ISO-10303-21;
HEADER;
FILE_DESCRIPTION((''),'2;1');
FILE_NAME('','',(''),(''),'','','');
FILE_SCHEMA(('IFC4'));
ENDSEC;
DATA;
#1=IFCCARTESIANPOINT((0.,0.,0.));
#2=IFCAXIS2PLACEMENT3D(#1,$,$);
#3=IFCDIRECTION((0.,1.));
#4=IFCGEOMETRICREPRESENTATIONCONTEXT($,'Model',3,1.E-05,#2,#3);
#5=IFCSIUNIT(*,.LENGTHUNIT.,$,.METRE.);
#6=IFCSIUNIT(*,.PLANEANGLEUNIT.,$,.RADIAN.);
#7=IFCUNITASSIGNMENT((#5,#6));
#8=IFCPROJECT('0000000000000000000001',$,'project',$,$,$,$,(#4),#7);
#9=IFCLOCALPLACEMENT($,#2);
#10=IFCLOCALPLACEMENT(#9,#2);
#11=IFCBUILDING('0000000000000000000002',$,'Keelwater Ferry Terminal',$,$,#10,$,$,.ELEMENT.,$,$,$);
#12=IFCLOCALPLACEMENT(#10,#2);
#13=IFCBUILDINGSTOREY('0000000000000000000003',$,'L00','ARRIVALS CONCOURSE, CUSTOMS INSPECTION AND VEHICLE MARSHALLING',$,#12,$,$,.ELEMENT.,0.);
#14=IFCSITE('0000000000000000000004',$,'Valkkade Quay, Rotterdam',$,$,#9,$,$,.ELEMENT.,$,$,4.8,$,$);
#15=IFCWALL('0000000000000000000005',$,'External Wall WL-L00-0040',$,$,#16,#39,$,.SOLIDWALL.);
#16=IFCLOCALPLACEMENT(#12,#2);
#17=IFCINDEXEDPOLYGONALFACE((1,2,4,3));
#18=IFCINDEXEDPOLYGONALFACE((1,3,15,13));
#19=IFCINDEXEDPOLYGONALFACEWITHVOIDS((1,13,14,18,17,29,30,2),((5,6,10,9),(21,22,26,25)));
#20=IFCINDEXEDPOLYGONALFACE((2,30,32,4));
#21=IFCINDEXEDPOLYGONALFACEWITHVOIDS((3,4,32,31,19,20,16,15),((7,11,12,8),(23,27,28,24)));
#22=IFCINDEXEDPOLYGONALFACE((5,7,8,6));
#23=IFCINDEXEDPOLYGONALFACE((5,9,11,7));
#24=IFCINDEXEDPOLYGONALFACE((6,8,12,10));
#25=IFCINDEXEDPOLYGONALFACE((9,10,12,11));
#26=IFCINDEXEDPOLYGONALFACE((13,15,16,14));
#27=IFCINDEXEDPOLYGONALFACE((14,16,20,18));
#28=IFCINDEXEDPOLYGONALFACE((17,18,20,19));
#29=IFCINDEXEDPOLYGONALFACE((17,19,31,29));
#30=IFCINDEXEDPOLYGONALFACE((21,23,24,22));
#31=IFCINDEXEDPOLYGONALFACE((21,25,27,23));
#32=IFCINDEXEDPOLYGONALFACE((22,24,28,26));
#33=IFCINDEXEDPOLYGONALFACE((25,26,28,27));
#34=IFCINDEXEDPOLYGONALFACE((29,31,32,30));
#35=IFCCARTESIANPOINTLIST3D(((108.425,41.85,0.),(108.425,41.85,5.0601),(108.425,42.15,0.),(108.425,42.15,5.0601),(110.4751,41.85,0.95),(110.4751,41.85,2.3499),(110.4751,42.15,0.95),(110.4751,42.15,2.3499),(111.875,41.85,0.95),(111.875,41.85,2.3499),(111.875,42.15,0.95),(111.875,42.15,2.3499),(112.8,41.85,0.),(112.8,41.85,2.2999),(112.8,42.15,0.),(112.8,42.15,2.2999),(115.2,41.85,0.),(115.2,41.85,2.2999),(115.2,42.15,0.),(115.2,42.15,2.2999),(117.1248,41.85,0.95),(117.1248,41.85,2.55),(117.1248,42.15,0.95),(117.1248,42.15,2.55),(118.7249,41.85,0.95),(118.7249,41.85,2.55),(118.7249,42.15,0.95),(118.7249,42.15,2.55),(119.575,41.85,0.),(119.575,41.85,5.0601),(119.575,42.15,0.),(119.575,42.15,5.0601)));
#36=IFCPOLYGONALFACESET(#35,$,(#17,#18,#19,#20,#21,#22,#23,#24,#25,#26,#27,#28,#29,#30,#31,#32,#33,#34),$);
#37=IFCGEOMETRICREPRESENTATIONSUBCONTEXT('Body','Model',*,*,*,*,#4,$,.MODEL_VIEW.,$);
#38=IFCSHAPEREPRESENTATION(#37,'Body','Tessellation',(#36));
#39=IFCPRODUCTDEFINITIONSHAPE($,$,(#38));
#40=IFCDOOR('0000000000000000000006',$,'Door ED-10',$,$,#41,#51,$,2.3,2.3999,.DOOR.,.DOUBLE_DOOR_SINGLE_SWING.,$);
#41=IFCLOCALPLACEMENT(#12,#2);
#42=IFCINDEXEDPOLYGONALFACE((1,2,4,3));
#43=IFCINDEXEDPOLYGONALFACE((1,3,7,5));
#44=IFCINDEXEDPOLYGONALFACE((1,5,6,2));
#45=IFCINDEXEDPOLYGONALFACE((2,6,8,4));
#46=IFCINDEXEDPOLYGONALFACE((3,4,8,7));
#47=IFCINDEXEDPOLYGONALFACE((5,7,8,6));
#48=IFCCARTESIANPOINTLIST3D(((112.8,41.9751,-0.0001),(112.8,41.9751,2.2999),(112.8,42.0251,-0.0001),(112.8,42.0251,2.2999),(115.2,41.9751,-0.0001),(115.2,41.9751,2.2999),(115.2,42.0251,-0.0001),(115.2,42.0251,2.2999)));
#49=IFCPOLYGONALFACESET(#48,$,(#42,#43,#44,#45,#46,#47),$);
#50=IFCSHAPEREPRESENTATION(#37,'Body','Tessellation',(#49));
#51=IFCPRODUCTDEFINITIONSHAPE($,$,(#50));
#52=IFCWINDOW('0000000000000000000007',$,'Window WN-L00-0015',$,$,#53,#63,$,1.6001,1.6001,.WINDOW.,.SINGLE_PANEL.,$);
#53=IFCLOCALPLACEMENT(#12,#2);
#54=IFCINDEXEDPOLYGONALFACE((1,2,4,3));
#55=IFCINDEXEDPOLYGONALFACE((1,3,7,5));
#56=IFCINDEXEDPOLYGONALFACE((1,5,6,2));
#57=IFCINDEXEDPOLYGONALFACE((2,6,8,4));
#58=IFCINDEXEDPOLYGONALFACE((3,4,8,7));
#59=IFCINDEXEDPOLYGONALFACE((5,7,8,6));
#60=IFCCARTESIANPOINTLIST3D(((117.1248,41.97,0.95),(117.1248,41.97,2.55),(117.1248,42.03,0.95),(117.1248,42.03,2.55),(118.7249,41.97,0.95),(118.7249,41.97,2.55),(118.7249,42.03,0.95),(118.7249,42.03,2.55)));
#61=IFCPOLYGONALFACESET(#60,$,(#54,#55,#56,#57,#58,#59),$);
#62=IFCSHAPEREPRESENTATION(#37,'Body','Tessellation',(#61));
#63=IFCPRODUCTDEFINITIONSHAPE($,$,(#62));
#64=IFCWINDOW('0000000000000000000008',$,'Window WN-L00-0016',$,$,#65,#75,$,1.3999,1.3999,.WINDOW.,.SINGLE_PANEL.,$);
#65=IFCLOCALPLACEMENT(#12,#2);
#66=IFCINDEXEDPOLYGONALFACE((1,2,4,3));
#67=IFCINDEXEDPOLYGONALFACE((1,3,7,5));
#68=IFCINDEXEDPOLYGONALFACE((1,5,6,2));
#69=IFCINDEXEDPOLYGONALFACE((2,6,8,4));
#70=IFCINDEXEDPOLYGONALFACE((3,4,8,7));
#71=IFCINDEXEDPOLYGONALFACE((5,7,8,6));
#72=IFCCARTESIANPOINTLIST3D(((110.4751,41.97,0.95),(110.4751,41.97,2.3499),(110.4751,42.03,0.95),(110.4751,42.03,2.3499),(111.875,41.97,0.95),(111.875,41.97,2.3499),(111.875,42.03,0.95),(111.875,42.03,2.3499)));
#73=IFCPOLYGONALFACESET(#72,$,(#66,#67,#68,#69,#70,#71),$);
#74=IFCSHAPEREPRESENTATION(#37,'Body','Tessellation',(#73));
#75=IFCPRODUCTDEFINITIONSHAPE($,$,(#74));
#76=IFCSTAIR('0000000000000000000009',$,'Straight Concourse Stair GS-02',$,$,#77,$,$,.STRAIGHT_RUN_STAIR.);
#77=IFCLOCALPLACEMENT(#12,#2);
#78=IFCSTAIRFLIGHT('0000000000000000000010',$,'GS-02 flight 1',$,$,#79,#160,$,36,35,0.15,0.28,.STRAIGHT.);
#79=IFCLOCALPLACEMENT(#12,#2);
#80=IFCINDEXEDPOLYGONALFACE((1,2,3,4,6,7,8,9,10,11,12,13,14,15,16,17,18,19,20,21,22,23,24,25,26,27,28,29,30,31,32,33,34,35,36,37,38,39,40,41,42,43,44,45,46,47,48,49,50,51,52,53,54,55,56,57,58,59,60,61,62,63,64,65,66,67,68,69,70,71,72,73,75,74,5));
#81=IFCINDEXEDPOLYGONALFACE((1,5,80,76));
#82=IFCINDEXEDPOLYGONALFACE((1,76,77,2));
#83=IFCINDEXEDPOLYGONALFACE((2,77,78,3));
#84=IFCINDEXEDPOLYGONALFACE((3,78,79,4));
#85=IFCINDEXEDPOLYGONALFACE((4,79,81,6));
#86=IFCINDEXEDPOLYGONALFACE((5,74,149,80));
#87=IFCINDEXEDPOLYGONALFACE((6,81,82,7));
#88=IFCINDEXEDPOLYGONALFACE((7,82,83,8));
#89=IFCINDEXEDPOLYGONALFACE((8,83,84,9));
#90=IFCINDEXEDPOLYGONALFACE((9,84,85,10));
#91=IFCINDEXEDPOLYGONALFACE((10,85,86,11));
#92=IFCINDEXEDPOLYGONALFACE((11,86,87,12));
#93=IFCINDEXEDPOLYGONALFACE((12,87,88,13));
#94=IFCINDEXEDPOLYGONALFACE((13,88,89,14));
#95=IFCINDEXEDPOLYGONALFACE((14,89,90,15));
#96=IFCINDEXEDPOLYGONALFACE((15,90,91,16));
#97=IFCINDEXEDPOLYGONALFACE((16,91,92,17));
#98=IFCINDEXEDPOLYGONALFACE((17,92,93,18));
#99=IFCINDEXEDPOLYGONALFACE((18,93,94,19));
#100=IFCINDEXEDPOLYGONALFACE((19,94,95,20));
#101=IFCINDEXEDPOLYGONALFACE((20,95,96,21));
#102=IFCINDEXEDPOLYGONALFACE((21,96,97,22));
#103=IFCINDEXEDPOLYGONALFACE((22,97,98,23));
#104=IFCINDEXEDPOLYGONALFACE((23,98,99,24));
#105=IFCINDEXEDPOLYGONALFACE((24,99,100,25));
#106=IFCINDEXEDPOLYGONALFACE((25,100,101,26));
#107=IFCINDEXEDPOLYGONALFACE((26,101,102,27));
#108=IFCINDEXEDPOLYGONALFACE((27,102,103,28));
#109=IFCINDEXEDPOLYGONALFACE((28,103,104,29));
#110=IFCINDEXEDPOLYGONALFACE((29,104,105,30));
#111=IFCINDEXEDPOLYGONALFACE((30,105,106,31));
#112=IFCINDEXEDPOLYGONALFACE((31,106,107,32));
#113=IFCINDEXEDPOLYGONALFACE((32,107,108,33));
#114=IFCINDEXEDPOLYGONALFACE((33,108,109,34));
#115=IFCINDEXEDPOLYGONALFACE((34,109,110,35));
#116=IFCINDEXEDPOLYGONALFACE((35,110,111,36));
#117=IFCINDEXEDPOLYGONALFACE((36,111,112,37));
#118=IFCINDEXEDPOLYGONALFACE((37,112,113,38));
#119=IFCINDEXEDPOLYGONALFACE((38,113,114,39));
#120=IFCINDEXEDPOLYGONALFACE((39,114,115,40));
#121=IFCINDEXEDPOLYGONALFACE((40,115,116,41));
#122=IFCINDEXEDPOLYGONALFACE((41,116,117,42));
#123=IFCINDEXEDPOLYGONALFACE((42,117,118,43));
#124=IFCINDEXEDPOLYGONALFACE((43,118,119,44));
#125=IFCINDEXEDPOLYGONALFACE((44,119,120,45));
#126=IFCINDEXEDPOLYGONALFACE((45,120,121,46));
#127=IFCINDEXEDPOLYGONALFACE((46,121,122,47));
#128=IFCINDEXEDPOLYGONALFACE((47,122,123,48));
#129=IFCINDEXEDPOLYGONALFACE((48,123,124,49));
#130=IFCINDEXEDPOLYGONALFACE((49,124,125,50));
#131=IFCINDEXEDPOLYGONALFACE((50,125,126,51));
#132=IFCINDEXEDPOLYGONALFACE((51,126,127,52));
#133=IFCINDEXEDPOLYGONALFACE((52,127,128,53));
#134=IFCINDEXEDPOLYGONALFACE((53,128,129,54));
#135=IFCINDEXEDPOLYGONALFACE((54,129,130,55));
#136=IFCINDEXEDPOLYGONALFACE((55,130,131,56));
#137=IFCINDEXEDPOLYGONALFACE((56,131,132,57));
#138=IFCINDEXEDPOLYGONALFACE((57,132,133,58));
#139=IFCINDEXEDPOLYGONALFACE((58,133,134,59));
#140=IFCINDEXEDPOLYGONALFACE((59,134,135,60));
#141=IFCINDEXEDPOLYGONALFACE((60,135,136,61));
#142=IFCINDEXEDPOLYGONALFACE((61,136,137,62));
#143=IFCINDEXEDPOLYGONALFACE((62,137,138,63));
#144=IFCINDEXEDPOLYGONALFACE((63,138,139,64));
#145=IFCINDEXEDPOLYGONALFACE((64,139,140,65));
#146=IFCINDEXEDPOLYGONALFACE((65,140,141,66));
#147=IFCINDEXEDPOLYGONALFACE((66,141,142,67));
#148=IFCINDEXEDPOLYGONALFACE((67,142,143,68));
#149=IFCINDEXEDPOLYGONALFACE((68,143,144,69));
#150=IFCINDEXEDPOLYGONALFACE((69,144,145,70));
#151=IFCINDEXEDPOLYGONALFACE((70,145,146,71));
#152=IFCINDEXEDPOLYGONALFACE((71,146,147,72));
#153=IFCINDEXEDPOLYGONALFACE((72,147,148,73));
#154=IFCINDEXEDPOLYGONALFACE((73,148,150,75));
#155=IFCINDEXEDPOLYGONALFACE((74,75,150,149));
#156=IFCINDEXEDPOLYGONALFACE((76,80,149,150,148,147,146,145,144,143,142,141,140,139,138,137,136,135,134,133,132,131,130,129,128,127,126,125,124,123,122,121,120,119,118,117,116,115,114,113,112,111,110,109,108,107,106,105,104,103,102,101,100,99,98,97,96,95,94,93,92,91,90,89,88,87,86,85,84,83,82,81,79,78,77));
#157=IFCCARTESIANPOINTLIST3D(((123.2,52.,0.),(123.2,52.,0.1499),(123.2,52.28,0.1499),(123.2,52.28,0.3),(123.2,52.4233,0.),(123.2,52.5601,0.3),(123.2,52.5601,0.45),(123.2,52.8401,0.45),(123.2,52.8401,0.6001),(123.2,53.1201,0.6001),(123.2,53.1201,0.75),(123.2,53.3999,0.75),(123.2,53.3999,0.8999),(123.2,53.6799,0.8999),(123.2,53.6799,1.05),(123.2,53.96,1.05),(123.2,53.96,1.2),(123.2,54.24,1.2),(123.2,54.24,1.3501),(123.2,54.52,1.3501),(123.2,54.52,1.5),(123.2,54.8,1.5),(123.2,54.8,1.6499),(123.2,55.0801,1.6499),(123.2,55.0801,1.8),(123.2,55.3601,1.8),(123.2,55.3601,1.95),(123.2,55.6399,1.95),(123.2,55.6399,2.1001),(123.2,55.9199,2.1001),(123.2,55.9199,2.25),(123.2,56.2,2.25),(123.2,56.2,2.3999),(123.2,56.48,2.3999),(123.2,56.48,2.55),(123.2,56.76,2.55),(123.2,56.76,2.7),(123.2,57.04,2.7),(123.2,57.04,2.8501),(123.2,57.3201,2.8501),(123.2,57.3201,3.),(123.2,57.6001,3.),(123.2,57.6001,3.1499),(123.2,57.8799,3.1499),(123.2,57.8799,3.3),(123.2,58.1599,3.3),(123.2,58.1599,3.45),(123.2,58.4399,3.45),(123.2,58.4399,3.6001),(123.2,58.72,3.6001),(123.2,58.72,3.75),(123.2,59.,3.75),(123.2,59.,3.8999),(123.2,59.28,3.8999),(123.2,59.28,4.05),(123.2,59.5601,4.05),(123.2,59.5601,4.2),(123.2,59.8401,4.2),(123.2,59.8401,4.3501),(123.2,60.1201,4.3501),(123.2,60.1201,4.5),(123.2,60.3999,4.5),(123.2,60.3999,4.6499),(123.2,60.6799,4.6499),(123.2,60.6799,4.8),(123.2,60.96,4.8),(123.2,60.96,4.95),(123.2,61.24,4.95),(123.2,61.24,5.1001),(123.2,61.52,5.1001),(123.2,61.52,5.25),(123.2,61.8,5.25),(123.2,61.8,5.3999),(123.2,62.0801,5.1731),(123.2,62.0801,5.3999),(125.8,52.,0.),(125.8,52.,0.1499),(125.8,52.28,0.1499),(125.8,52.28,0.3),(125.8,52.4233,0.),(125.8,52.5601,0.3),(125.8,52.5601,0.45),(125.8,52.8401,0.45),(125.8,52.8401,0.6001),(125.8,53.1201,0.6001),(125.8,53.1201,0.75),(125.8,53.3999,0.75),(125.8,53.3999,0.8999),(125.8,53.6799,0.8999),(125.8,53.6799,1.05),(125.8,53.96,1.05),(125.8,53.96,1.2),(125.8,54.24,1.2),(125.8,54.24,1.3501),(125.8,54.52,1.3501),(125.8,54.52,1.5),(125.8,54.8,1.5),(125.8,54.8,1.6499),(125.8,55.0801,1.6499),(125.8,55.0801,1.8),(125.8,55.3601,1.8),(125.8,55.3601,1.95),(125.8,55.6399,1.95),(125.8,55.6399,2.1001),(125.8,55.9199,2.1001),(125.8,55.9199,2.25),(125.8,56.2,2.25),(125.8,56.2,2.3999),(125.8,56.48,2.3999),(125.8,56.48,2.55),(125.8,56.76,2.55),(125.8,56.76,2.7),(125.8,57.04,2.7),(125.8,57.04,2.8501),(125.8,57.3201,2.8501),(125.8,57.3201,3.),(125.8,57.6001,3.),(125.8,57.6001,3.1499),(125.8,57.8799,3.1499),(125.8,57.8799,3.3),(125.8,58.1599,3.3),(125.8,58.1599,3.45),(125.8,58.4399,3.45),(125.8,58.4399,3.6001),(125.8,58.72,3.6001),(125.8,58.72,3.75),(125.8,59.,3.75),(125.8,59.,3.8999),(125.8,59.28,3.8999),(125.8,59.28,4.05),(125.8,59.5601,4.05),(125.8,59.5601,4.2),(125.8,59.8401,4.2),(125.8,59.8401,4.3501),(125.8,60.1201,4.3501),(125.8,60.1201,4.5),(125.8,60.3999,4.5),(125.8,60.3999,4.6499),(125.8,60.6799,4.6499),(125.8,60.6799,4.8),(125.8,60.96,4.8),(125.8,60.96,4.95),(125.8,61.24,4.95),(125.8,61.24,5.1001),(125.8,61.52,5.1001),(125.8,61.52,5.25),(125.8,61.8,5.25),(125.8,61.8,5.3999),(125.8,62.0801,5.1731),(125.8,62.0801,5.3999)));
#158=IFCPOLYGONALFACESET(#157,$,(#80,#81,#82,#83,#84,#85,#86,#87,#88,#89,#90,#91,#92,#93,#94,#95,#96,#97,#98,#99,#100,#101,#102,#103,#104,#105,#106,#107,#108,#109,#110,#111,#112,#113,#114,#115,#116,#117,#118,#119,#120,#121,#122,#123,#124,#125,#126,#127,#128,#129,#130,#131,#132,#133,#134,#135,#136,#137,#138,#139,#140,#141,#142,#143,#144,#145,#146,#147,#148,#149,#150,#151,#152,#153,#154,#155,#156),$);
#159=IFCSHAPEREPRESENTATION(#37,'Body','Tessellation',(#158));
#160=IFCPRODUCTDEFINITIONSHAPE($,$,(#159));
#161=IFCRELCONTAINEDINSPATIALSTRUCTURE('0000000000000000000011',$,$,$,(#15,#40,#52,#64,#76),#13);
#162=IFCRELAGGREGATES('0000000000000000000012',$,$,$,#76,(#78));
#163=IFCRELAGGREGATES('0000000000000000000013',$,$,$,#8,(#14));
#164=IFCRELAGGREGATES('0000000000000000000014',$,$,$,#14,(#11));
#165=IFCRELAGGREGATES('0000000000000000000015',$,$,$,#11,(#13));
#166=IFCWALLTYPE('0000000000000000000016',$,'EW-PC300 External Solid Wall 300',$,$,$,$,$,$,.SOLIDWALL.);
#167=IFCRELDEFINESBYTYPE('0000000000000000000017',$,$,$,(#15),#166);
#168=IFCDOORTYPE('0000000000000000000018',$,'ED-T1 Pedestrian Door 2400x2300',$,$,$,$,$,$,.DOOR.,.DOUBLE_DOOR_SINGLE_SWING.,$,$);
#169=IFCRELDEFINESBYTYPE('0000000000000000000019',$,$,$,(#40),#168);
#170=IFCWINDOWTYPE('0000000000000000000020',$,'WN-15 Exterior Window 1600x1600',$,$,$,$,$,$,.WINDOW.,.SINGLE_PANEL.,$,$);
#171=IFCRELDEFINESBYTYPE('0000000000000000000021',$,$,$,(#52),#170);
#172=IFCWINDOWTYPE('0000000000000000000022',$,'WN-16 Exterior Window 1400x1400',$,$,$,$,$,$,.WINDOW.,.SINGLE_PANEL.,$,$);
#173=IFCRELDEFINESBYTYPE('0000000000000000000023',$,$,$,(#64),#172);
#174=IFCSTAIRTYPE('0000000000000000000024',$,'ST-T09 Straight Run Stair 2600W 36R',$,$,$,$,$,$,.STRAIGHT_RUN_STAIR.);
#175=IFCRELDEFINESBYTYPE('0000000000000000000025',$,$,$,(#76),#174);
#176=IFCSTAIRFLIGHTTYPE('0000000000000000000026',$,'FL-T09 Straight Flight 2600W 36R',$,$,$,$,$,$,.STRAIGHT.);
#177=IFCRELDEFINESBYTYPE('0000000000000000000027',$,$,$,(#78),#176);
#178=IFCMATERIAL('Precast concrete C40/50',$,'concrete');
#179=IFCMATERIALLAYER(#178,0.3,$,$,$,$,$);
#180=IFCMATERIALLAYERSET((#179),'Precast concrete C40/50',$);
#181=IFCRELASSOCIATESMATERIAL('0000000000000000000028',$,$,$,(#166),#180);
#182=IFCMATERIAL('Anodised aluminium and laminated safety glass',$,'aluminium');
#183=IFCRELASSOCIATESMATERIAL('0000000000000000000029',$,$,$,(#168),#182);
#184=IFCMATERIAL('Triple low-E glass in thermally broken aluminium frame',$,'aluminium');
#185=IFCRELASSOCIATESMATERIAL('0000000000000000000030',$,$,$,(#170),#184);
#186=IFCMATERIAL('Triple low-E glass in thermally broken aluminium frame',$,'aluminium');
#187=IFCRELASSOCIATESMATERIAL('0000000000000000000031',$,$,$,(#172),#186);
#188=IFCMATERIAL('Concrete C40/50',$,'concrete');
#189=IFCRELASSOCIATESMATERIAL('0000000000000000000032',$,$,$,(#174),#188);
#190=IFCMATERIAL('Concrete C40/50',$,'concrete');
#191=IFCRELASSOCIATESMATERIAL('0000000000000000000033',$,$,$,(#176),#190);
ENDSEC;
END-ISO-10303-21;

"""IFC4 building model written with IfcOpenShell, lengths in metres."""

from ifc_helpers import new_model, si_unit, direction, frame, frame_2d, origin, place, context, subcontext, project, spatial, polyline, rectangle, outline, extrude, material, layer, layer_set, type_object, element, fill, aggregate, save


model = new_model("IFC4")

# Units and contexts
model_context = context("Model", 3, precision=1e-05, world=origin(), true_north=direction((0.0, 1.0)))
body_context = subcontext(model_context, "Body", "Model", "MODEL_VIEW")
ifc_project = project(units=[si_unit("LENGTHUNIT", "METRE"), si_unit("PLANEANGLEUNIT", "RADIAN")], contexts=[model_context])

# Site, building, storey
site_placement = place(None, origin())
site = spatial("IfcSite", under=ifc_project, at=site_placement, Name="Valkkade Quay, Rotterdam", CompositionType="ELEMENT", RefElevation=4.8)
building_placement = place(site_placement, origin())
building = spatial("IfcBuilding", under=site, at=building_placement, Name="Keelwater Ferry Terminal", CompositionType="ELEMENT")
storey_placement = place(building_placement, origin())
storey = spatial("IfcBuildingStorey", under=building, at=storey_placement, Name="L00", Description="ARRIVALS CONCOURSE, CUSTOMS INSPECTION AND VEHICLE MARSHALLING", CompositionType="ELEMENT", Elevation=0.0)

# Wall, openings, door, windows
ifc_material_1 = material(Name="Precast concrete C40/50", Category="concrete")
ifc_layer_1 = layer(ifc_material_1, 0.3)
ifc_layer_set_1 = layer_set([ifc_layer_1], Name="Precast concrete C40/50")
wall_type = type_object("IfcWallType", Name="EW-PC300 External Solid Wall 300", PredefinedType="SOLIDWALL", material=ifc_layer_set_1)
wall_placement = place(storey_placement, frame((119.575, 42.0, 0.0), z_axis=(0.0, 0.0, 1.0), x_axis=(-1.0, 0.0, 0.0)))
wall = element("IfcWall", 1, at=wall_placement, inside=storey, type_object=wall_type, Name="External Wall WL-L00-0040", PredefinedType="SOLIDWALL", context=body_context, shape_type="SweptSolid", body=[
    extrude(rectangle(XDim=11.1499, YDim=0.3, at=frame_2d((5.575, 0.0))), origin(), (0.0, 0.0, 1.0), 5.0601),
])
opening_1_placement = place(wall_placement, frame((4.375, 0.0, 0.0)))
opening_1 = element("IfcOpeningElement", 2, at=opening_1_placement, cuts=wall, PredefinedType="OPENING", context=body_context, shape_type="SweptSolid", body=[
    extrude(rectangle(XDim=2.3999, YDim=2.3, at=frame_2d((1.2, 1.1499))), frame((0.0, 0.1599, 0.0), z_axis=(0.0, -1.0, 0.0), x_axis=(1.0, 0.0, 0.0)), (0.0, 0.0, 1.0), 0.3201),
])
opening_2_placement = place(wall_placement, frame((0.8501, 0.0, 0.95)))
opening_2 = element("IfcOpeningElement", 3, at=opening_2_placement, cuts=wall, PredefinedType="OPENING", context=body_context, shape_type="SweptSolid", body=[
    extrude(rectangle(XDim=1.6001, YDim=1.6001, at=frame_2d((0.8, 0.8))), frame((0.0, 0.1599, 0.0), z_axis=(0.0, -1.0, 0.0), x_axis=(1.0, 0.0, 0.0)), (0.0, 0.0, 1.0), 0.3201),
])
opening_3_placement = place(wall_placement, frame((7.7, 0.0, 0.95)))
opening_3 = element("IfcOpeningElement", 4, at=opening_3_placement, cuts=wall, PredefinedType="OPENING", context=body_context, shape_type="SweptSolid", body=[
    extrude(rectangle(XDim=1.3999, YDim=1.3999, at=frame_2d((0.7, 0.7))), frame((0.0, 0.1599, 0.0), z_axis=(0.0, -1.0, 0.0), x_axis=(1.0, 0.0, 0.0)), (0.0, 0.0, 1.0), 0.3201),
])
ifc_material_2 = material(Name="Anodised aluminium and laminated safety glass", Category="aluminium")
door_type = type_object("IfcDoorType", Name="ED-T1 Pedestrian Door 2400x2300", OperationType="DOUBLE_DOOR_SINGLE_SWING", PredefinedType="DOOR", material=ifc_material_2)
door_placement = place(opening_1_placement, origin())
door = element("IfcDoor", 5, at=door_placement, inside=storey, type_object=door_type, Name="Door ED-10", OperationType="DOUBLE_DOOR_SINGLE_SWING", OverallHeight=2.3, OverallWidth=2.3999, PredefinedType="DOOR", context=body_context, shape_type="SweptSolid", body=[
    extrude(rectangle(XDim=2.3999, YDim=2.3, at=frame_2d((1.2, 1.1499))), frame((0.0, 0.0249, 0.0), z_axis=(0.0, -1.0, 0.0), x_axis=(1.0, 0.0, 0.0)), (0.0, 0.0, 1.0), 0.05),
])
fill(opening_1, door)
ifc_material_3 = material(Name="Triple low-E glass in thermally broken aluminium frame", Category="aluminium")
window_type_1 = type_object("IfcWindowType", Name="WN-15 Exterior Window 1600x1600", PartitioningType="SINGLE_PANEL", PredefinedType="WINDOW", material=ifc_material_3)
window_1_placement = place(opening_2_placement, origin())
window_1 = element("IfcWindow", 6, at=window_1_placement, inside=storey, type_object=window_type_1, Name="Window WN-L00-0015", OverallHeight=1.6001, OverallWidth=1.6001, PartitioningType="SINGLE_PANEL", PredefinedType="WINDOW", context=body_context, shape_type="SweptSolid", body=[
    extrude(rectangle(XDim=1.6001, YDim=1.6001, at=frame_2d((0.8, 0.8))), frame((0.0, 0.03, 0.0), z_axis=(0.0, -1.0, 0.0), x_axis=(1.0, 0.0, 0.0)), (0.0, 0.0, 1.0), 0.0601),
])
fill(opening_2, window_1)
ifc_material_4 = material(Name="Triple low-E glass in thermally broken aluminium frame", Category="aluminium")
window_type_2 = type_object("IfcWindowType", Name="WN-16 Exterior Window 1400x1400", PartitioningType="SINGLE_PANEL", PredefinedType="WINDOW", material=ifc_material_4)
window_2_placement = place(opening_3_placement, origin())
window_2 = element("IfcWindow", 7, at=window_2_placement, inside=storey, type_object=window_type_2, Name="Window WN-L00-0016", OverallHeight=1.3999, OverallWidth=1.3999, PartitioningType="SINGLE_PANEL", PredefinedType="WINDOW", context=body_context, shape_type="SweptSolid", body=[
    extrude(rectangle(XDim=1.3999, YDim=1.3999, at=frame_2d((0.7, 0.7))), frame((0.0, 0.03, 0.0), z_axis=(0.0, -1.0, 0.0), x_axis=(1.0, 0.0, 0.0)), (0.0, 0.0, 1.0), 0.0601),
])
fill(opening_3, window_2)

# Stair, stair flight
ifc_material_5 = material(Name="Concrete C40/50", Category="concrete")
stair_type = type_object("IfcStairType", Name="ST-T09 Straight Run Stair 2600W 36R", PredefinedType="STRAIGHT_RUN_STAIR", material=ifc_material_5)
stair_placement = place(storey_placement, origin())
stair = element("IfcStair", 8, at=stair_placement, inside=storey, type_object=stair_type, Name="Straight Concourse Stair GS-02", PredefinedType="STRAIGHT_RUN_STAIR")
ifc_material_6 = material(Name="Concrete C40/50", Category="concrete")
stair_flight_type = type_object("IfcStairFlightType", Name="FL-T09 Straight Flight 2600W 36R", PredefinedType="STRAIGHT", material=ifc_material_6)
stair_flight_placement = place(storey_placement, frame((124.5, 52.0, 0.0), z_axis=(0.0, 0.0, 1.0), x_axis=(0.0, 1.0, 0.0)))
stair_flight = element("IfcStairFlight", 9, at=stair_flight_placement, type_object=stair_flight_type, Name="GS-02 flight 1", NumberOfRisers=36, NumberOfTreads=35, PredefinedType="STRAIGHT", RiserHeight=0.15, TreadLength=0.28, context=body_context, shape_type="SweptSolid", body=[
    extrude(outline(polyline([(0.0, 0.0), (0.0, 0.1499), (0.28, 0.1499), (0.28, 0.3), (0.5601, 0.3), (0.5601, 0.45), (0.8401, 0.45), (0.8401, 0.6001), (1.1201, 0.6001), (1.1201, 0.75), (1.3999, 0.75), (1.3999, 0.8999), (1.6799, 0.8999), (1.6799, 1.05), (1.96, 1.05), (1.96, 1.2), (2.24, 1.2), (2.24, 1.3501), (2.52, 1.3501), (2.52, 1.5), (2.8, 1.5), (2.8, 1.6499), (3.0801, 1.6499), (3.0801, 1.8), (3.3601, 1.8), (3.3601, 1.95), (3.6399, 1.95), (3.6399, 2.1001), (3.9199, 2.1001), (3.9199, 2.25), (4.2, 2.25), (4.2, 2.3999), (4.48, 2.3999), (4.48, 2.55), (4.76, 2.55), (4.76, 2.7), (5.04, 2.7), (5.04, 2.8501), (5.3201, 2.8501), (5.3201, 3.0), (5.6001, 3.0), (5.6001, 3.1499), (5.8799, 3.1499), (5.8799, 3.3), (6.1599, 3.3), (6.1599, 3.45), (6.4399, 3.45), (6.4399, 3.6001), (6.72, 3.6001), (6.72, 3.75), (7.0, 3.75), (7.0, 3.8999), (7.28, 3.8999), (7.28, 4.05), (7.5601, 4.05), (7.5601, 4.2), (7.8401, 4.2), (7.8401, 4.3501), (8.1201, 4.3501), (8.1201, 4.5), (8.3999, 4.5), (8.3999, 4.6499), (8.6799, 4.6499), (8.6799, 4.8), (8.96, 4.8), (8.96, 4.95), (9.24, 4.95), (9.24, 5.1001), (9.52, 5.1001), (9.52, 5.25), (9.8, 5.25), (9.8, 5.3999), (10.0801, 5.3999), (10.0801, 5.1731), (0.4233, 0.0), (0.0, 0.0)])), frame((0.0, 1.3, 0.0), z_axis=(0.0, -1.0, 0.0), x_axis=(1.0, 0.0, 0.0)), (0.0, 0.0, 1.0), 2.6001),
])
aggregate(stair, [stair_flight])

save(model, "model.ifc")
